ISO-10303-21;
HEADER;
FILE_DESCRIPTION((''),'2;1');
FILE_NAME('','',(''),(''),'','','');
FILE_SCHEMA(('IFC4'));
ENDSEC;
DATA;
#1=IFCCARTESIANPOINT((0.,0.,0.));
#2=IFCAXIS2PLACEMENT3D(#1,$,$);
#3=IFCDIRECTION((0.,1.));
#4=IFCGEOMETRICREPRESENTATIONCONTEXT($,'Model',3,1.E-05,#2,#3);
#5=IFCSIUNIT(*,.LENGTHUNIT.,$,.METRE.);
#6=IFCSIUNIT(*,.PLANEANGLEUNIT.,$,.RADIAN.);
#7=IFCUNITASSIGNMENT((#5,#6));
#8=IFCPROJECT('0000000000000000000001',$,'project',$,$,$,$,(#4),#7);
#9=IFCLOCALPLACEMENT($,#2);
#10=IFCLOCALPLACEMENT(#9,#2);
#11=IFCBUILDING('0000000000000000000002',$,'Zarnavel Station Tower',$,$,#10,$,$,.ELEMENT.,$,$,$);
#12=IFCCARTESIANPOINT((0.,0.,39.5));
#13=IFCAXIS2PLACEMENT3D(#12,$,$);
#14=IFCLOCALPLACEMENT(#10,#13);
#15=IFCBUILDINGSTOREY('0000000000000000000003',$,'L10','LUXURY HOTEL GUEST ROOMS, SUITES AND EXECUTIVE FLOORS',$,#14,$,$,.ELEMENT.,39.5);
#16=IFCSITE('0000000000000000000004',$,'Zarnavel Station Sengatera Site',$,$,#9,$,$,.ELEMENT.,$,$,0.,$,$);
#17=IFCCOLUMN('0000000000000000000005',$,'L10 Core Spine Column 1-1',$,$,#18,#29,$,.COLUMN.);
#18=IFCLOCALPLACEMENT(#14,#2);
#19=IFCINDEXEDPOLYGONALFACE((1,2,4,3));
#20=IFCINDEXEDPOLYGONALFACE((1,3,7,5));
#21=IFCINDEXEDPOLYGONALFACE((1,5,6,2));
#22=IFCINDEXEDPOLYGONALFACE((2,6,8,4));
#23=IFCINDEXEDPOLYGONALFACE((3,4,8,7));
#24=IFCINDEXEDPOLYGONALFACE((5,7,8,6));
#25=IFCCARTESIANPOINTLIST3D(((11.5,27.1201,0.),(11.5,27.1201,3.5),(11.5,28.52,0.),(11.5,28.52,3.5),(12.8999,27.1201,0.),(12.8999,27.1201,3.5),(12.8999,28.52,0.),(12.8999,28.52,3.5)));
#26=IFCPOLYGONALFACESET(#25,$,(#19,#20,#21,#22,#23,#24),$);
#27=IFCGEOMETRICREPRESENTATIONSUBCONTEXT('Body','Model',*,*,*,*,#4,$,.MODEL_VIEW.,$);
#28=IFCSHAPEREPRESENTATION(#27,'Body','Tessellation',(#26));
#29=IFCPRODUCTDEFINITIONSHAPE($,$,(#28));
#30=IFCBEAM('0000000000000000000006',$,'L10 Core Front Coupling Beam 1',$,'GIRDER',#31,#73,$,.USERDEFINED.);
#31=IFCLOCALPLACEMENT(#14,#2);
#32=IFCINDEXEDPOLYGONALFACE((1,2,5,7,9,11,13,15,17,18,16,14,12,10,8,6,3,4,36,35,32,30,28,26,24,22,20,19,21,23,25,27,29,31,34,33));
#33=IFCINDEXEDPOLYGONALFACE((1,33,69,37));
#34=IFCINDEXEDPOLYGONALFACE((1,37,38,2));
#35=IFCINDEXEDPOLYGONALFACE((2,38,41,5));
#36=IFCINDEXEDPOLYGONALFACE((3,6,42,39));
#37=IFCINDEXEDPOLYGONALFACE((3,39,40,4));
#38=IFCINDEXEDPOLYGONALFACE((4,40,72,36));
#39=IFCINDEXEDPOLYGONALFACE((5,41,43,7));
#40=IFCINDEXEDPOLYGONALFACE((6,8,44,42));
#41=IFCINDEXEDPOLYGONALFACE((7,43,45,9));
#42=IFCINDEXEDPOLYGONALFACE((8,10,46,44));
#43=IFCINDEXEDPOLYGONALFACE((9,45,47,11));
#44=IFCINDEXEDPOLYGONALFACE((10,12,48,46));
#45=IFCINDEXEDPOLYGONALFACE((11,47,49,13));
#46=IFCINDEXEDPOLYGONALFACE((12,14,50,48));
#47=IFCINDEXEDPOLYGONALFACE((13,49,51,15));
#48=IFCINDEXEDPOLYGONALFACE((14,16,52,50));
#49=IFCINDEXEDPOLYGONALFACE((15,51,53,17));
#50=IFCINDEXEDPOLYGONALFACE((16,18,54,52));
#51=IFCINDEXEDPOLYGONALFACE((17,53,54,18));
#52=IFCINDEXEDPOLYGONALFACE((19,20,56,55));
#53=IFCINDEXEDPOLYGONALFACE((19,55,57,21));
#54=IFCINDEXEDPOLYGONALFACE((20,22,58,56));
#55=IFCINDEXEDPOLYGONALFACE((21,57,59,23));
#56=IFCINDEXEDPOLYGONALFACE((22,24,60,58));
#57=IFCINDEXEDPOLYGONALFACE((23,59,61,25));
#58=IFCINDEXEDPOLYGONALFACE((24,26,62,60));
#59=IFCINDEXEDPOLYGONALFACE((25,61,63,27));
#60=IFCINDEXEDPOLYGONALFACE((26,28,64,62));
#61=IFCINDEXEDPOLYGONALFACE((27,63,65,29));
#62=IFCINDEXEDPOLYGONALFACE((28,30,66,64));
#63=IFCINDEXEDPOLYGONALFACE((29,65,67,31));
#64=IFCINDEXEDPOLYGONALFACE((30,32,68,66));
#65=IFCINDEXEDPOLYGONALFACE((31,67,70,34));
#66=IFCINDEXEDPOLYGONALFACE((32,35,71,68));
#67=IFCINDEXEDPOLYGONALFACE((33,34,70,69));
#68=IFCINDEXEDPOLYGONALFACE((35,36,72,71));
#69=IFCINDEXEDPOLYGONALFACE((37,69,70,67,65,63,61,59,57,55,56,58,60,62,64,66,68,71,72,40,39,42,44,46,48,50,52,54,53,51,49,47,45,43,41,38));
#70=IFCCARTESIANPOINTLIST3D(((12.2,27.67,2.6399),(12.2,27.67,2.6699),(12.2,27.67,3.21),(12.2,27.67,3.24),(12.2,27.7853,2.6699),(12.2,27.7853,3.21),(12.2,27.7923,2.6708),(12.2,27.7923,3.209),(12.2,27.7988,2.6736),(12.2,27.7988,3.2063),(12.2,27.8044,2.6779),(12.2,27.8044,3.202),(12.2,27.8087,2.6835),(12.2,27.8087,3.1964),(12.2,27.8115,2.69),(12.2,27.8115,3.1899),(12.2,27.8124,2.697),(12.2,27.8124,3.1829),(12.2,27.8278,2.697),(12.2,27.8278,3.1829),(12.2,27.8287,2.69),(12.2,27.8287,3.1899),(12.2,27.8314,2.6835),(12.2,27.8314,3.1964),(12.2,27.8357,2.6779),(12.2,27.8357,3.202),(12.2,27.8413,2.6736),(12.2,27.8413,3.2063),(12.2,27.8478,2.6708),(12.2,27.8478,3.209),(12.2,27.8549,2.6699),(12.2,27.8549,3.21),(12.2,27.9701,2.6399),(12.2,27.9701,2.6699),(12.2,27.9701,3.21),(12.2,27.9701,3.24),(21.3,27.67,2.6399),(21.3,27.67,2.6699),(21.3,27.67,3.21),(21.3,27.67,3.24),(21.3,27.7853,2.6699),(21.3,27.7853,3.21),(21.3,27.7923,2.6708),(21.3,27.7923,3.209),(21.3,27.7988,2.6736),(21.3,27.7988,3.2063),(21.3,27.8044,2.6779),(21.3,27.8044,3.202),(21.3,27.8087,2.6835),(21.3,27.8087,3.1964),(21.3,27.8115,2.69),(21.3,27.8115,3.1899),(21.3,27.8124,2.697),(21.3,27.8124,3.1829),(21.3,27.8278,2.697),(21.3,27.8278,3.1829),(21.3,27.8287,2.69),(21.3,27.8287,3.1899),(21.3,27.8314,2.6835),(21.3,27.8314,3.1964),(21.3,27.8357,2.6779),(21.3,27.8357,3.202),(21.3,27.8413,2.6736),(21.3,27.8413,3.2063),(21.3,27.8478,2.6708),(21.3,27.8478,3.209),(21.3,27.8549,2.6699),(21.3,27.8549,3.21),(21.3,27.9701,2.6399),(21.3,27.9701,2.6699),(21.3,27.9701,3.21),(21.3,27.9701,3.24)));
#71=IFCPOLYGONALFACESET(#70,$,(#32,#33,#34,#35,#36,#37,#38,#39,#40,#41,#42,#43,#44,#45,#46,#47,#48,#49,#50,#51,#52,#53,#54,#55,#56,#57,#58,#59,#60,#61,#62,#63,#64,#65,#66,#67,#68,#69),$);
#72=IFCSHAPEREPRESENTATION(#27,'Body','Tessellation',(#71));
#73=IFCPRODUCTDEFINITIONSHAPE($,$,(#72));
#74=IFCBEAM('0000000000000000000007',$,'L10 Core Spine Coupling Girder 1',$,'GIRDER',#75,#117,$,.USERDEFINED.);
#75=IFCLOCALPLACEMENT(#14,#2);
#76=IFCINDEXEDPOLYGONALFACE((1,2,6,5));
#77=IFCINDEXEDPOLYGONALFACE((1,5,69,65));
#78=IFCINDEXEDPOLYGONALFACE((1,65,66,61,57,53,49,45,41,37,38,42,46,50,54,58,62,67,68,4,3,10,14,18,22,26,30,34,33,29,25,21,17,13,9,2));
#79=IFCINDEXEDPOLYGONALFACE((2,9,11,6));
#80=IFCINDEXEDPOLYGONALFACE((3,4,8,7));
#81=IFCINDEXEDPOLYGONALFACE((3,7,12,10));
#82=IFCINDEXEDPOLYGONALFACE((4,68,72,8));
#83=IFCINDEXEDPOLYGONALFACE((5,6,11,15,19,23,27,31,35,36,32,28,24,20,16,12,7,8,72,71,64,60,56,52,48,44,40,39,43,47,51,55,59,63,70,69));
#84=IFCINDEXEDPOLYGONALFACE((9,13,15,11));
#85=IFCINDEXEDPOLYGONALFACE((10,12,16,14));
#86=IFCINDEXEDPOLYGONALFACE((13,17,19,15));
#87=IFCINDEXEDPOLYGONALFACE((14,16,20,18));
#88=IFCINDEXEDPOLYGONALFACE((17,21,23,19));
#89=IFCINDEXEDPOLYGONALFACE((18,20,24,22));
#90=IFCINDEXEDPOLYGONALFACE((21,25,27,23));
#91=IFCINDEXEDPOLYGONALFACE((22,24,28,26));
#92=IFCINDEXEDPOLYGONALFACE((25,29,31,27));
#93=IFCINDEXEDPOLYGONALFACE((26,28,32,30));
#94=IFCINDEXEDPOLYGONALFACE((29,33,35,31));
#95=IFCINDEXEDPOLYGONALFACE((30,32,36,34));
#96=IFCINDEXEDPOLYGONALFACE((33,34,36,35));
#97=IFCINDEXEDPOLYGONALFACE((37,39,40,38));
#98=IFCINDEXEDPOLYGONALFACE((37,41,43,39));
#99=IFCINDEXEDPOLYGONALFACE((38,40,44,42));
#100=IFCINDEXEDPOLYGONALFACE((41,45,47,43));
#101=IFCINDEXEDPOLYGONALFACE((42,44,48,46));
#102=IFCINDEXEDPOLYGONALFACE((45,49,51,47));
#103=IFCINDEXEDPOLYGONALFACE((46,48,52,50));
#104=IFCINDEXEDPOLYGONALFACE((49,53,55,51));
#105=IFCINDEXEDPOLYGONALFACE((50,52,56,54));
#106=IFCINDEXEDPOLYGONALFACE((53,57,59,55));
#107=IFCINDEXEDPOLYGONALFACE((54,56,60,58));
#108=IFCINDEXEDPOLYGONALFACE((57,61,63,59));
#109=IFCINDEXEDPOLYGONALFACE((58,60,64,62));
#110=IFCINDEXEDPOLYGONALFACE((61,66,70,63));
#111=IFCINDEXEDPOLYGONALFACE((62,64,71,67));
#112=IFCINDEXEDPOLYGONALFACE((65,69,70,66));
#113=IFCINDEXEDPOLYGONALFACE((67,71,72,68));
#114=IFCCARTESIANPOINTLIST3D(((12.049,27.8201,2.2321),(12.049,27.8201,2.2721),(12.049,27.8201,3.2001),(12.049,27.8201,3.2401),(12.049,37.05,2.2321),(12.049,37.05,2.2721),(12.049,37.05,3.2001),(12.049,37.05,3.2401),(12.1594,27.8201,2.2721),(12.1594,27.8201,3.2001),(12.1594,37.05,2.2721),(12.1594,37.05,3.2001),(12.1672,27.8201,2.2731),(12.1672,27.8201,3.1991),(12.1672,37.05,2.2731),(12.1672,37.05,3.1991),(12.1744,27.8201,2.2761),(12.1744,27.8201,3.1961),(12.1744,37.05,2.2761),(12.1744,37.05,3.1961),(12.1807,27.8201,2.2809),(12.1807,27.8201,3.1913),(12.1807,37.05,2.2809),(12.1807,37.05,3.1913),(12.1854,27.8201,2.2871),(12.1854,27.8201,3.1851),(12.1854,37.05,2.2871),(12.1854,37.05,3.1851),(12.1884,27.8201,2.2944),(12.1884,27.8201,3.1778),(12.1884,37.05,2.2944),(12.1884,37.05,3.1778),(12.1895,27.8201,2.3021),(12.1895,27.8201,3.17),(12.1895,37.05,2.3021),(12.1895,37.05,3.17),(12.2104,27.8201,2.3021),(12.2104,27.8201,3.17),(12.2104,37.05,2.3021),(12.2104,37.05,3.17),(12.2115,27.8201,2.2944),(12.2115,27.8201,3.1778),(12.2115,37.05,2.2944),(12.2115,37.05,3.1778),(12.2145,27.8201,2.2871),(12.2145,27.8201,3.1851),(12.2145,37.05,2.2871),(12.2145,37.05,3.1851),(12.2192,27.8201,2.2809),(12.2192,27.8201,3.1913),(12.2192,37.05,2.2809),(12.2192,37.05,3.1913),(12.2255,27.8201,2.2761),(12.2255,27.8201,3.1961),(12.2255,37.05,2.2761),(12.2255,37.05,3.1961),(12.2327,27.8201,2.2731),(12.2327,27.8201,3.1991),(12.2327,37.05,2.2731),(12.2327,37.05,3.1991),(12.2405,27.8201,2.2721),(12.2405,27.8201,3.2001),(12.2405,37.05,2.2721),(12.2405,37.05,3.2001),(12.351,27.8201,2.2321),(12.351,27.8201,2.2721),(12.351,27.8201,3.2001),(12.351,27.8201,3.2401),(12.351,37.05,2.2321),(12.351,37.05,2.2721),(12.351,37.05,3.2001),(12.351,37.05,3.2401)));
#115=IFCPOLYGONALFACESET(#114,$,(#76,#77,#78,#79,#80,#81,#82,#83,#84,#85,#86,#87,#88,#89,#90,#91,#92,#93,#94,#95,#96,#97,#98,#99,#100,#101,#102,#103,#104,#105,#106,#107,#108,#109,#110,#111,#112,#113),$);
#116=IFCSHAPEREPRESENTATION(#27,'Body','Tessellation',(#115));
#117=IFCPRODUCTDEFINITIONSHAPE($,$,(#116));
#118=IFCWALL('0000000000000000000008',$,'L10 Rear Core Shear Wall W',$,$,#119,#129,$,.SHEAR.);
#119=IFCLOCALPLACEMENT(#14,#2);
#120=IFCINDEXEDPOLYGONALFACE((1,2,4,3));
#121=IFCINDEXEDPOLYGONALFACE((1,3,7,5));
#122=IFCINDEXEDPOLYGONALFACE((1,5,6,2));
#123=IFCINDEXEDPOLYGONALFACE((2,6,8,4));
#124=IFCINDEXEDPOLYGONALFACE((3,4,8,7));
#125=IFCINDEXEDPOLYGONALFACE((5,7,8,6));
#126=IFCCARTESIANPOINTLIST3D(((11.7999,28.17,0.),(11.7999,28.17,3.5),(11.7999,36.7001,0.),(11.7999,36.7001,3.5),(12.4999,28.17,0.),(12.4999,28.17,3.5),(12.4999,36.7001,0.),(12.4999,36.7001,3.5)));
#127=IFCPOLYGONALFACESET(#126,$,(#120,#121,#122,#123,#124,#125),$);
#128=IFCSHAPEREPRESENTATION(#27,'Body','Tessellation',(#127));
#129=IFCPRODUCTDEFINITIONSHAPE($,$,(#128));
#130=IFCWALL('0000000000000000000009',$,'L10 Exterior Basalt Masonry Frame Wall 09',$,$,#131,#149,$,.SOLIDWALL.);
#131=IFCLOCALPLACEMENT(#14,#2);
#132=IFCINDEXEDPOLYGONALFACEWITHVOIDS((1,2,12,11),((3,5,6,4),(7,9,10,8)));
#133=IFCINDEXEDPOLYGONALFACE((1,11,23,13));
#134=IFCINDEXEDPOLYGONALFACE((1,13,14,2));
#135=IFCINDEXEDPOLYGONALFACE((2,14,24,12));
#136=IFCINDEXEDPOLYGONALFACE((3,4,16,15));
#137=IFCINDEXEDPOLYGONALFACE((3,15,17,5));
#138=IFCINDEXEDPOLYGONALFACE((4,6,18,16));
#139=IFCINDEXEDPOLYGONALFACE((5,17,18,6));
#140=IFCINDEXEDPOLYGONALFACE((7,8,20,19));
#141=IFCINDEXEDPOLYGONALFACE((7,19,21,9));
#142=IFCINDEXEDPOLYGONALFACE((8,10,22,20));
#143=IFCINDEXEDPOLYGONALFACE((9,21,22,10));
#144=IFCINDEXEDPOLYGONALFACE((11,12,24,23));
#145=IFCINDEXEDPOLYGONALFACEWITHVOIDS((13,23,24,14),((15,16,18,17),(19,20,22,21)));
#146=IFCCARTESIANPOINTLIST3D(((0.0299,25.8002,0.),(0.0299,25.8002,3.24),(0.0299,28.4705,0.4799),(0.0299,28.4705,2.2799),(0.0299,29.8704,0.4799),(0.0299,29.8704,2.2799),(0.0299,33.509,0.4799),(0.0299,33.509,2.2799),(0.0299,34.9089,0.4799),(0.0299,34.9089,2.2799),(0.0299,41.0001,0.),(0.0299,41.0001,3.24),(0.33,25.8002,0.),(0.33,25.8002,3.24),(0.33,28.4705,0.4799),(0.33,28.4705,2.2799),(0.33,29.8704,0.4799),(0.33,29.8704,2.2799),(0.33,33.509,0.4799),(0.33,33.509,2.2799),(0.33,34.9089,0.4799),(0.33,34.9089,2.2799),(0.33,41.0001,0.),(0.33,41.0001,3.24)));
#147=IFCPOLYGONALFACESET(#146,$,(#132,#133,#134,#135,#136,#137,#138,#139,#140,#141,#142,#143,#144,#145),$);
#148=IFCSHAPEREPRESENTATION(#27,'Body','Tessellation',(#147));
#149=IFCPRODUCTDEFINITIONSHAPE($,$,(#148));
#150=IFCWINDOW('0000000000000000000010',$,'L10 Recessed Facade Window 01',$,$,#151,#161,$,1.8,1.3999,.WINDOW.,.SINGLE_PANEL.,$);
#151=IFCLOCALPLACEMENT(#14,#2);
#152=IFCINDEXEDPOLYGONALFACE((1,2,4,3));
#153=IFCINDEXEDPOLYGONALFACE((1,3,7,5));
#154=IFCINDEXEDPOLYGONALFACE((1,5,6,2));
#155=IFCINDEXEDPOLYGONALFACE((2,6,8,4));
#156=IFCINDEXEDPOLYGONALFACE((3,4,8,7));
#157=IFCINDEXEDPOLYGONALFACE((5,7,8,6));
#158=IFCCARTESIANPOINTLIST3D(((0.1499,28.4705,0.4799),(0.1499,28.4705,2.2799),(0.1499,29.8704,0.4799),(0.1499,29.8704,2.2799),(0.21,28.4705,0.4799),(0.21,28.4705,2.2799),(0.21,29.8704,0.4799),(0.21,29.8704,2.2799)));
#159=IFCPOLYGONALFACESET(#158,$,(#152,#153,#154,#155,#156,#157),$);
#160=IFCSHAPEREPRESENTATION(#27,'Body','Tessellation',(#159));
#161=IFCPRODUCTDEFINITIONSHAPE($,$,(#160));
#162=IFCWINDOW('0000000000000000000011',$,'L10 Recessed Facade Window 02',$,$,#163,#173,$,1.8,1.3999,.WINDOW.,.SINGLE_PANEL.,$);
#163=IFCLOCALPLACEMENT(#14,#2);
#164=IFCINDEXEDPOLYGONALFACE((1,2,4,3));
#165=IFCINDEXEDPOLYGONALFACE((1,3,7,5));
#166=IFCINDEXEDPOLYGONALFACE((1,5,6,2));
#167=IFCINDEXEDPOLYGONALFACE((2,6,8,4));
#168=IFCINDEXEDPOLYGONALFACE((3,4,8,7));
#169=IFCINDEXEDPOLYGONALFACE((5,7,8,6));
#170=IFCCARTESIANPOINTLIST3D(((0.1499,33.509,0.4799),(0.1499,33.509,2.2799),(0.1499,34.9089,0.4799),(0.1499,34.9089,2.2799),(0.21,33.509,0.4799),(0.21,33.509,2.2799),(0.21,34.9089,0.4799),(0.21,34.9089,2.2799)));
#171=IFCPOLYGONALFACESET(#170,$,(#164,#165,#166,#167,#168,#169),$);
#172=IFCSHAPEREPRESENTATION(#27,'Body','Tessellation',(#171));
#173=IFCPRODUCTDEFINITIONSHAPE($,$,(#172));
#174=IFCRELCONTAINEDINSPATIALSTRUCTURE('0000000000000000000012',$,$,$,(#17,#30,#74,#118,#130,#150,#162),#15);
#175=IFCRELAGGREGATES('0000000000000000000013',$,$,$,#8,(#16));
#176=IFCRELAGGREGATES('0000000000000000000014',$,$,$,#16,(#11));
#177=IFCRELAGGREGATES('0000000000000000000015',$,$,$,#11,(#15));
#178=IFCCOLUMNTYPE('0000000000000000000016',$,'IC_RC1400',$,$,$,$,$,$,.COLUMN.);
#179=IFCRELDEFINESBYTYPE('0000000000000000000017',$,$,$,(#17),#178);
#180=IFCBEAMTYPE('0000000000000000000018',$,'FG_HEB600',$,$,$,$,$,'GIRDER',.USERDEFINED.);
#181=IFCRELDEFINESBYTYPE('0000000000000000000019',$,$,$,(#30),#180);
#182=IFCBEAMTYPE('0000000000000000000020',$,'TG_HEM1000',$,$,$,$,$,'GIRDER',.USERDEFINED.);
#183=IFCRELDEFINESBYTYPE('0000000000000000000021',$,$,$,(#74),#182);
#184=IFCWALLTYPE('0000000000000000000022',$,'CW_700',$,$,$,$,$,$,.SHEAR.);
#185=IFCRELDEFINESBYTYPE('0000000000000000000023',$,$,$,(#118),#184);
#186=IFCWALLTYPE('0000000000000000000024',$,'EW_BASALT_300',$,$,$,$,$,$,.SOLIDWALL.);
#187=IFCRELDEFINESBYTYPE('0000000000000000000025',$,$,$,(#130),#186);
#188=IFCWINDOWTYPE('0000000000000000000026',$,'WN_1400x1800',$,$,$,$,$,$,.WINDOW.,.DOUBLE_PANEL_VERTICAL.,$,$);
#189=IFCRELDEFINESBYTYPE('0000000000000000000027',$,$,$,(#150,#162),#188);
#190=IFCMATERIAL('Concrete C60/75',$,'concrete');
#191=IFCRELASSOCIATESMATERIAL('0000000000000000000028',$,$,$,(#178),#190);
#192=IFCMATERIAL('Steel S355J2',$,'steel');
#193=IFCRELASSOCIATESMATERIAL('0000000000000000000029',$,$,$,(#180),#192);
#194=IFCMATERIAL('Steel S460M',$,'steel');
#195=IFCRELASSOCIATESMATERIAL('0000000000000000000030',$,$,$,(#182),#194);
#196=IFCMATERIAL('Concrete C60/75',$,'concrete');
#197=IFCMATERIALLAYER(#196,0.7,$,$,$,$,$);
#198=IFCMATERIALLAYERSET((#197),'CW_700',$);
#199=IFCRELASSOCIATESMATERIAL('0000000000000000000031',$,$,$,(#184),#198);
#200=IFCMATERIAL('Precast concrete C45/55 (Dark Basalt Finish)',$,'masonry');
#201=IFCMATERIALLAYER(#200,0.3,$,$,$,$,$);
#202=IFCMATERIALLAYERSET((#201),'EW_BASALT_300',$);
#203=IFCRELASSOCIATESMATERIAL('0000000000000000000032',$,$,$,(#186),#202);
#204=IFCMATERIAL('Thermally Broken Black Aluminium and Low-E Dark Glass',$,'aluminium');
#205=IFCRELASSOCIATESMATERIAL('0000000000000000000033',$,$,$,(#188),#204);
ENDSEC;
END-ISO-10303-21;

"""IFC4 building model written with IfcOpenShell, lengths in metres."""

from ifc_helpers import new_model, si_unit, direction, frame, frame_2d, origin, origin_2d, place, context, subcontext, project, spatial, rectangle, i_section, extrude, material, layer, layer_set, material_profile, profile_set, type_object, element, fill, save


model = new_model("IFC4")

# Units and contexts
model_context = context("Model", 3, precision=1e-05, world=origin(), true_north=direction((0.0, 1.0)))
body_context = subcontext(model_context, "Body", "Model", "MODEL_VIEW")
ifc_project = project(units=[si_unit("LENGTHUNIT", "METRE"), si_unit("PLANEANGLEUNIT", "RADIAN")], contexts=[model_context])

# Site, building, storey
site_placement = place(None, origin())
site = spatial("IfcSite", under=ifc_project, at=site_placement, Name="Zarnavel Station Sengatera Site", CompositionType="ELEMENT", RefElevation=0.0)
building_placement = place(site_placement, origin())
building = spatial("IfcBuilding", under=site, at=building_placement, Name="Zarnavel Station Tower", CompositionType="ELEMENT")
storey_placement = place(building_placement, frame((0.0, 0.0, 39.5)))
storey = spatial("IfcBuildingStorey", under=building, at=storey_placement, Name="L10", Description="LUXURY HOTEL GUEST ROOMS, SUITES AND EXECUTIVE FLOORS", CompositionType="ELEMENT", Elevation=39.5)

# Column
ifc_material_1 = material(Name="Concrete C60/75", Category="concrete")
ifc_material_profile_1 = material_profile(ifc_material_1, rectangle(XDim=1.3999, YDim=1.3999, at=origin_2d()), Name="RC1400x1400")
ifc_profile_set_1 = profile_set([ifc_material_profile_1], Name="Concrete C60/75")
column_type = type_object("IfcColumnType", Name="IC_RC1400", PredefinedType="COLUMN", material=ifc_profile_set_1)
column_placement = place(storey_placement, frame((12.2, 27.8201, 0.0), z_axis=(0.0, 0.0, 1.0), x_axis=(1.0, 0.0, 0.0)))
element("IfcColumn", 1, at=column_placement, inside=storey, type_object=column_type, Name="L10 Core Spine Column 1-1", PredefinedType="COLUMN", context=body_context, shape_type="SweptSolid", body=[
    extrude(rectangle(XDim=1.3999, YDim=1.3999, at=origin_2d()), origin(), (0.0, 0.0, 1.0), 3.5),
])

# Beams
ifc_material_2 = material(Name="Steel S355J2", Category="steel")
ifc_material_profile_2 = material_profile(ifc_material_2, i_section(OverallWidth=0.3, OverallDepth=0.6001, WebThickness=0.0154, FlangeThickness=0.03, FilletRadius=0.0271, at=origin_2d()), Name="HEB600")
ifc_profile_set_2 = profile_set([ifc_material_profile_2], Name="Steel S355J2")
beam_type_1 = type_object("IfcBeamType", Name="FG_HEB600", ElementType="GIRDER", PredefinedType="USERDEFINED", material=ifc_profile_set_2)
beam_1_placement = place(storey_placement, frame((12.2, 27.8201, 2.9399), z_axis=(1.0, 0.0, 0.0), x_axis=(0.0, 1.0, 0.0)))
element("IfcBeam", 2, at=beam_1_placement, inside=storey, type_object=beam_type_1, Name="L10 Core Front Coupling Beam 1", ObjectType="GIRDER", PredefinedType="USERDEFINED", context=body_context, shape_type="SweptSolid", body=[
    extrude(i_section(OverallWidth=0.3, OverallDepth=0.6001, WebThickness=0.0154, FlangeThickness=0.03, FilletRadius=0.0271, at=origin_2d()), origin(), (0.0, 0.0, 1.0), 9.1001),
])
ifc_material_3 = material(Name="Steel S460M", Category="steel")
ifc_material_profile_3 = material_profile(ifc_material_3, i_section(OverallWidth=0.302, OverallDepth=1.0081, WebThickness=0.021, FlangeThickness=0.04, FilletRadius=0.03, at=origin_2d()), Name="HEM1000")
ifc_profile_set_3 = profile_set([ifc_material_profile_3], Name="Steel S460M")
beam_type_2 = type_object("IfcBeamType", Name="TG_HEM1000", ElementType="GIRDER", PredefinedType="USERDEFINED", material=ifc_profile_set_3)
beam_2_placement = place(storey_placement, frame((12.2, 27.8201, 2.7361), z_axis=(0.0, 1.0, 0.0), x_axis=(-1.0, 0.0, 0.0)))
element("IfcBeam", 3, at=beam_2_placement, inside=storey, type_object=beam_type_2, Name="L10 Core Spine Coupling Girder 1", ObjectType="GIRDER", PredefinedType="USERDEFINED", context=body_context, shape_type="SweptSolid", body=[
    extrude(i_section(OverallWidth=0.302, OverallDepth=1.0081, WebThickness=0.021, FlangeThickness=0.04, FilletRadius=0.03, at=origin_2d()), origin(), (0.0, 0.0, 1.0), 9.23),
])

# Wall
ifc_material_4 = material(Name="Concrete C60/75", Category="concrete")
ifc_layer_1 = layer(ifc_material_4, 0.7)
ifc_layer_set_1 = layer_set([ifc_layer_1], Name="CW_700")
wall_type_1 = type_object("IfcWallType", Name="CW_700", PredefinedType="SHEAR", material=ifc_layer_set_1)
wall_1_placement = place(storey_placement, frame((12.1499, 28.1699, 0.0), z_axis=(0.0, 0.0, 1.0), x_axis=(0.0, 1.0, 0.0)))
element("IfcWall", 4, at=wall_1_placement, inside=storey, type_object=wall_type_1, Name="L10 Rear Core Shear Wall W", PredefinedType="SHEAR", context=body_context, shape_type="SweptSolid", body=[
    extrude(rectangle(XDim=8.53, YDim=0.7, at=frame_2d((4.2651, 0.0))), origin(), (0.0, 0.0, 1.0), 3.5),
])

# Wall, openings, windows
ifc_material_5 = material(Name="Precast concrete C45/55 (Dark Basalt Finish)", Category="masonry")
ifc_layer_2 = layer(ifc_material_5, 0.3)
ifc_layer_set_2 = layer_set([ifc_layer_2], Name="EW_BASALT_300")
wall_type_2 = type_object("IfcWallType", Name="EW_BASALT_300", PredefinedType="SOLIDWALL", material=ifc_layer_set_2)
wall_2_placement = place(storey_placement, frame((0.1799, 25.8, 0.0), z_axis=(0.0, 0.0, 1.0), x_axis=(0.0, 1.0, 0.0)))
wall_2 = element("IfcWall", 5, at=wall_2_placement, inside=storey, type_object=wall_type_2, Name="L10 Exterior Basalt Masonry Frame Wall 09", PredefinedType="SOLIDWALL", context=body_context, shape_type="SweptSolid", body=[
    extrude(rectangle(XDim=15.2, YDim=0.3, at=frame_2d((7.6001, 0.0))), origin(), (0.0, 0.0, 1.0), 3.24),
])
opening_1_placement = place(wall_2_placement, frame((2.6704, 0.0, 0.48)))
opening_1 = element("IfcOpeningElement", 6, at=opening_1_placement, cuts=wall_2, PredefinedType="OPENING", context=body_context, shape_type="SweptSolid", body=[
    extrude(rectangle(XDim=1.3999, YDim=1.8, at=frame_2d((0.7, 0.8999))), frame((0.0, 0.1599, 0.0), z_axis=(0.0, -1.0, 0.0), x_axis=(1.0, 0.0, 0.0)), (0.0, 0.0, 1.0), 0.3201),
])
opening_2_placement = place(wall_2_placement, frame((7.709, 0.0, 0.48)))
opening_2 = element("IfcOpeningElement", 7, at=opening_2_placement, cuts=wall_2, PredefinedType="OPENING", context=body_context, shape_type="SweptSolid", body=[
    extrude(rectangle(XDim=1.3999, YDim=1.8, at=frame_2d((0.7, 0.8999))), frame((0.0, 0.1599, 0.0), z_axis=(0.0, -1.0, 0.0), x_axis=(1.0, 0.0, 0.0)), (0.0, 0.0, 1.0), 0.3201),
])
ifc_material_6 = material(Name="Thermally Broken Black Aluminium and Low-E Dark Glass", Category="aluminium")
window_type = type_object("IfcWindowType", Name="WN_1400x1800", PartitioningType="DOUBLE_PANEL_VERTICAL", PredefinedType="WINDOW", material=ifc_material_6)
window_1_placement = place(opening_1_placement, origin())
window_1 = element("IfcWindow", 8, at=window_1_placement, inside=storey, type_object=window_type, Name="L10 Recessed Facade Window 01", OverallHeight=1.8, OverallWidth=1.3999, PartitioningType="SINGLE_PANEL", PredefinedType="WINDOW", context=body_context, shape_type="SweptSolid", body=[
    extrude(rectangle(XDim=1.3999, YDim=1.8, at=frame_2d((0.7, 0.8999))), frame((0.0, 0.03, 0.0), z_axis=(0.0, -1.0, 0.0), x_axis=(1.0, 0.0, 0.0)), (0.0, 0.0, 1.0), 0.0601),
])
fill(opening_1, window_1)
window_2_placement = place(opening_2_placement, origin())
window_2 = element("IfcWindow", 9, at=window_2_placement, inside=storey, type_object=window_type, Name="L10 Recessed Facade Window 02", OverallHeight=1.8, OverallWidth=1.3999, PartitioningType="SINGLE_PANEL", PredefinedType="WINDOW", context=body_context, shape_type="SweptSolid", body=[
    extrude(rectangle(XDim=1.3999, YDim=1.8, at=frame_2d((0.7, 0.8999))), frame((0.0, 0.03, 0.0), z_axis=(0.0, -1.0, 0.0), x_axis=(1.0, 0.0, 0.0)), (0.0, 0.0, 1.0), 0.0601),
])
fill(opening_2, window_2)

save(model, "model.ifc")
